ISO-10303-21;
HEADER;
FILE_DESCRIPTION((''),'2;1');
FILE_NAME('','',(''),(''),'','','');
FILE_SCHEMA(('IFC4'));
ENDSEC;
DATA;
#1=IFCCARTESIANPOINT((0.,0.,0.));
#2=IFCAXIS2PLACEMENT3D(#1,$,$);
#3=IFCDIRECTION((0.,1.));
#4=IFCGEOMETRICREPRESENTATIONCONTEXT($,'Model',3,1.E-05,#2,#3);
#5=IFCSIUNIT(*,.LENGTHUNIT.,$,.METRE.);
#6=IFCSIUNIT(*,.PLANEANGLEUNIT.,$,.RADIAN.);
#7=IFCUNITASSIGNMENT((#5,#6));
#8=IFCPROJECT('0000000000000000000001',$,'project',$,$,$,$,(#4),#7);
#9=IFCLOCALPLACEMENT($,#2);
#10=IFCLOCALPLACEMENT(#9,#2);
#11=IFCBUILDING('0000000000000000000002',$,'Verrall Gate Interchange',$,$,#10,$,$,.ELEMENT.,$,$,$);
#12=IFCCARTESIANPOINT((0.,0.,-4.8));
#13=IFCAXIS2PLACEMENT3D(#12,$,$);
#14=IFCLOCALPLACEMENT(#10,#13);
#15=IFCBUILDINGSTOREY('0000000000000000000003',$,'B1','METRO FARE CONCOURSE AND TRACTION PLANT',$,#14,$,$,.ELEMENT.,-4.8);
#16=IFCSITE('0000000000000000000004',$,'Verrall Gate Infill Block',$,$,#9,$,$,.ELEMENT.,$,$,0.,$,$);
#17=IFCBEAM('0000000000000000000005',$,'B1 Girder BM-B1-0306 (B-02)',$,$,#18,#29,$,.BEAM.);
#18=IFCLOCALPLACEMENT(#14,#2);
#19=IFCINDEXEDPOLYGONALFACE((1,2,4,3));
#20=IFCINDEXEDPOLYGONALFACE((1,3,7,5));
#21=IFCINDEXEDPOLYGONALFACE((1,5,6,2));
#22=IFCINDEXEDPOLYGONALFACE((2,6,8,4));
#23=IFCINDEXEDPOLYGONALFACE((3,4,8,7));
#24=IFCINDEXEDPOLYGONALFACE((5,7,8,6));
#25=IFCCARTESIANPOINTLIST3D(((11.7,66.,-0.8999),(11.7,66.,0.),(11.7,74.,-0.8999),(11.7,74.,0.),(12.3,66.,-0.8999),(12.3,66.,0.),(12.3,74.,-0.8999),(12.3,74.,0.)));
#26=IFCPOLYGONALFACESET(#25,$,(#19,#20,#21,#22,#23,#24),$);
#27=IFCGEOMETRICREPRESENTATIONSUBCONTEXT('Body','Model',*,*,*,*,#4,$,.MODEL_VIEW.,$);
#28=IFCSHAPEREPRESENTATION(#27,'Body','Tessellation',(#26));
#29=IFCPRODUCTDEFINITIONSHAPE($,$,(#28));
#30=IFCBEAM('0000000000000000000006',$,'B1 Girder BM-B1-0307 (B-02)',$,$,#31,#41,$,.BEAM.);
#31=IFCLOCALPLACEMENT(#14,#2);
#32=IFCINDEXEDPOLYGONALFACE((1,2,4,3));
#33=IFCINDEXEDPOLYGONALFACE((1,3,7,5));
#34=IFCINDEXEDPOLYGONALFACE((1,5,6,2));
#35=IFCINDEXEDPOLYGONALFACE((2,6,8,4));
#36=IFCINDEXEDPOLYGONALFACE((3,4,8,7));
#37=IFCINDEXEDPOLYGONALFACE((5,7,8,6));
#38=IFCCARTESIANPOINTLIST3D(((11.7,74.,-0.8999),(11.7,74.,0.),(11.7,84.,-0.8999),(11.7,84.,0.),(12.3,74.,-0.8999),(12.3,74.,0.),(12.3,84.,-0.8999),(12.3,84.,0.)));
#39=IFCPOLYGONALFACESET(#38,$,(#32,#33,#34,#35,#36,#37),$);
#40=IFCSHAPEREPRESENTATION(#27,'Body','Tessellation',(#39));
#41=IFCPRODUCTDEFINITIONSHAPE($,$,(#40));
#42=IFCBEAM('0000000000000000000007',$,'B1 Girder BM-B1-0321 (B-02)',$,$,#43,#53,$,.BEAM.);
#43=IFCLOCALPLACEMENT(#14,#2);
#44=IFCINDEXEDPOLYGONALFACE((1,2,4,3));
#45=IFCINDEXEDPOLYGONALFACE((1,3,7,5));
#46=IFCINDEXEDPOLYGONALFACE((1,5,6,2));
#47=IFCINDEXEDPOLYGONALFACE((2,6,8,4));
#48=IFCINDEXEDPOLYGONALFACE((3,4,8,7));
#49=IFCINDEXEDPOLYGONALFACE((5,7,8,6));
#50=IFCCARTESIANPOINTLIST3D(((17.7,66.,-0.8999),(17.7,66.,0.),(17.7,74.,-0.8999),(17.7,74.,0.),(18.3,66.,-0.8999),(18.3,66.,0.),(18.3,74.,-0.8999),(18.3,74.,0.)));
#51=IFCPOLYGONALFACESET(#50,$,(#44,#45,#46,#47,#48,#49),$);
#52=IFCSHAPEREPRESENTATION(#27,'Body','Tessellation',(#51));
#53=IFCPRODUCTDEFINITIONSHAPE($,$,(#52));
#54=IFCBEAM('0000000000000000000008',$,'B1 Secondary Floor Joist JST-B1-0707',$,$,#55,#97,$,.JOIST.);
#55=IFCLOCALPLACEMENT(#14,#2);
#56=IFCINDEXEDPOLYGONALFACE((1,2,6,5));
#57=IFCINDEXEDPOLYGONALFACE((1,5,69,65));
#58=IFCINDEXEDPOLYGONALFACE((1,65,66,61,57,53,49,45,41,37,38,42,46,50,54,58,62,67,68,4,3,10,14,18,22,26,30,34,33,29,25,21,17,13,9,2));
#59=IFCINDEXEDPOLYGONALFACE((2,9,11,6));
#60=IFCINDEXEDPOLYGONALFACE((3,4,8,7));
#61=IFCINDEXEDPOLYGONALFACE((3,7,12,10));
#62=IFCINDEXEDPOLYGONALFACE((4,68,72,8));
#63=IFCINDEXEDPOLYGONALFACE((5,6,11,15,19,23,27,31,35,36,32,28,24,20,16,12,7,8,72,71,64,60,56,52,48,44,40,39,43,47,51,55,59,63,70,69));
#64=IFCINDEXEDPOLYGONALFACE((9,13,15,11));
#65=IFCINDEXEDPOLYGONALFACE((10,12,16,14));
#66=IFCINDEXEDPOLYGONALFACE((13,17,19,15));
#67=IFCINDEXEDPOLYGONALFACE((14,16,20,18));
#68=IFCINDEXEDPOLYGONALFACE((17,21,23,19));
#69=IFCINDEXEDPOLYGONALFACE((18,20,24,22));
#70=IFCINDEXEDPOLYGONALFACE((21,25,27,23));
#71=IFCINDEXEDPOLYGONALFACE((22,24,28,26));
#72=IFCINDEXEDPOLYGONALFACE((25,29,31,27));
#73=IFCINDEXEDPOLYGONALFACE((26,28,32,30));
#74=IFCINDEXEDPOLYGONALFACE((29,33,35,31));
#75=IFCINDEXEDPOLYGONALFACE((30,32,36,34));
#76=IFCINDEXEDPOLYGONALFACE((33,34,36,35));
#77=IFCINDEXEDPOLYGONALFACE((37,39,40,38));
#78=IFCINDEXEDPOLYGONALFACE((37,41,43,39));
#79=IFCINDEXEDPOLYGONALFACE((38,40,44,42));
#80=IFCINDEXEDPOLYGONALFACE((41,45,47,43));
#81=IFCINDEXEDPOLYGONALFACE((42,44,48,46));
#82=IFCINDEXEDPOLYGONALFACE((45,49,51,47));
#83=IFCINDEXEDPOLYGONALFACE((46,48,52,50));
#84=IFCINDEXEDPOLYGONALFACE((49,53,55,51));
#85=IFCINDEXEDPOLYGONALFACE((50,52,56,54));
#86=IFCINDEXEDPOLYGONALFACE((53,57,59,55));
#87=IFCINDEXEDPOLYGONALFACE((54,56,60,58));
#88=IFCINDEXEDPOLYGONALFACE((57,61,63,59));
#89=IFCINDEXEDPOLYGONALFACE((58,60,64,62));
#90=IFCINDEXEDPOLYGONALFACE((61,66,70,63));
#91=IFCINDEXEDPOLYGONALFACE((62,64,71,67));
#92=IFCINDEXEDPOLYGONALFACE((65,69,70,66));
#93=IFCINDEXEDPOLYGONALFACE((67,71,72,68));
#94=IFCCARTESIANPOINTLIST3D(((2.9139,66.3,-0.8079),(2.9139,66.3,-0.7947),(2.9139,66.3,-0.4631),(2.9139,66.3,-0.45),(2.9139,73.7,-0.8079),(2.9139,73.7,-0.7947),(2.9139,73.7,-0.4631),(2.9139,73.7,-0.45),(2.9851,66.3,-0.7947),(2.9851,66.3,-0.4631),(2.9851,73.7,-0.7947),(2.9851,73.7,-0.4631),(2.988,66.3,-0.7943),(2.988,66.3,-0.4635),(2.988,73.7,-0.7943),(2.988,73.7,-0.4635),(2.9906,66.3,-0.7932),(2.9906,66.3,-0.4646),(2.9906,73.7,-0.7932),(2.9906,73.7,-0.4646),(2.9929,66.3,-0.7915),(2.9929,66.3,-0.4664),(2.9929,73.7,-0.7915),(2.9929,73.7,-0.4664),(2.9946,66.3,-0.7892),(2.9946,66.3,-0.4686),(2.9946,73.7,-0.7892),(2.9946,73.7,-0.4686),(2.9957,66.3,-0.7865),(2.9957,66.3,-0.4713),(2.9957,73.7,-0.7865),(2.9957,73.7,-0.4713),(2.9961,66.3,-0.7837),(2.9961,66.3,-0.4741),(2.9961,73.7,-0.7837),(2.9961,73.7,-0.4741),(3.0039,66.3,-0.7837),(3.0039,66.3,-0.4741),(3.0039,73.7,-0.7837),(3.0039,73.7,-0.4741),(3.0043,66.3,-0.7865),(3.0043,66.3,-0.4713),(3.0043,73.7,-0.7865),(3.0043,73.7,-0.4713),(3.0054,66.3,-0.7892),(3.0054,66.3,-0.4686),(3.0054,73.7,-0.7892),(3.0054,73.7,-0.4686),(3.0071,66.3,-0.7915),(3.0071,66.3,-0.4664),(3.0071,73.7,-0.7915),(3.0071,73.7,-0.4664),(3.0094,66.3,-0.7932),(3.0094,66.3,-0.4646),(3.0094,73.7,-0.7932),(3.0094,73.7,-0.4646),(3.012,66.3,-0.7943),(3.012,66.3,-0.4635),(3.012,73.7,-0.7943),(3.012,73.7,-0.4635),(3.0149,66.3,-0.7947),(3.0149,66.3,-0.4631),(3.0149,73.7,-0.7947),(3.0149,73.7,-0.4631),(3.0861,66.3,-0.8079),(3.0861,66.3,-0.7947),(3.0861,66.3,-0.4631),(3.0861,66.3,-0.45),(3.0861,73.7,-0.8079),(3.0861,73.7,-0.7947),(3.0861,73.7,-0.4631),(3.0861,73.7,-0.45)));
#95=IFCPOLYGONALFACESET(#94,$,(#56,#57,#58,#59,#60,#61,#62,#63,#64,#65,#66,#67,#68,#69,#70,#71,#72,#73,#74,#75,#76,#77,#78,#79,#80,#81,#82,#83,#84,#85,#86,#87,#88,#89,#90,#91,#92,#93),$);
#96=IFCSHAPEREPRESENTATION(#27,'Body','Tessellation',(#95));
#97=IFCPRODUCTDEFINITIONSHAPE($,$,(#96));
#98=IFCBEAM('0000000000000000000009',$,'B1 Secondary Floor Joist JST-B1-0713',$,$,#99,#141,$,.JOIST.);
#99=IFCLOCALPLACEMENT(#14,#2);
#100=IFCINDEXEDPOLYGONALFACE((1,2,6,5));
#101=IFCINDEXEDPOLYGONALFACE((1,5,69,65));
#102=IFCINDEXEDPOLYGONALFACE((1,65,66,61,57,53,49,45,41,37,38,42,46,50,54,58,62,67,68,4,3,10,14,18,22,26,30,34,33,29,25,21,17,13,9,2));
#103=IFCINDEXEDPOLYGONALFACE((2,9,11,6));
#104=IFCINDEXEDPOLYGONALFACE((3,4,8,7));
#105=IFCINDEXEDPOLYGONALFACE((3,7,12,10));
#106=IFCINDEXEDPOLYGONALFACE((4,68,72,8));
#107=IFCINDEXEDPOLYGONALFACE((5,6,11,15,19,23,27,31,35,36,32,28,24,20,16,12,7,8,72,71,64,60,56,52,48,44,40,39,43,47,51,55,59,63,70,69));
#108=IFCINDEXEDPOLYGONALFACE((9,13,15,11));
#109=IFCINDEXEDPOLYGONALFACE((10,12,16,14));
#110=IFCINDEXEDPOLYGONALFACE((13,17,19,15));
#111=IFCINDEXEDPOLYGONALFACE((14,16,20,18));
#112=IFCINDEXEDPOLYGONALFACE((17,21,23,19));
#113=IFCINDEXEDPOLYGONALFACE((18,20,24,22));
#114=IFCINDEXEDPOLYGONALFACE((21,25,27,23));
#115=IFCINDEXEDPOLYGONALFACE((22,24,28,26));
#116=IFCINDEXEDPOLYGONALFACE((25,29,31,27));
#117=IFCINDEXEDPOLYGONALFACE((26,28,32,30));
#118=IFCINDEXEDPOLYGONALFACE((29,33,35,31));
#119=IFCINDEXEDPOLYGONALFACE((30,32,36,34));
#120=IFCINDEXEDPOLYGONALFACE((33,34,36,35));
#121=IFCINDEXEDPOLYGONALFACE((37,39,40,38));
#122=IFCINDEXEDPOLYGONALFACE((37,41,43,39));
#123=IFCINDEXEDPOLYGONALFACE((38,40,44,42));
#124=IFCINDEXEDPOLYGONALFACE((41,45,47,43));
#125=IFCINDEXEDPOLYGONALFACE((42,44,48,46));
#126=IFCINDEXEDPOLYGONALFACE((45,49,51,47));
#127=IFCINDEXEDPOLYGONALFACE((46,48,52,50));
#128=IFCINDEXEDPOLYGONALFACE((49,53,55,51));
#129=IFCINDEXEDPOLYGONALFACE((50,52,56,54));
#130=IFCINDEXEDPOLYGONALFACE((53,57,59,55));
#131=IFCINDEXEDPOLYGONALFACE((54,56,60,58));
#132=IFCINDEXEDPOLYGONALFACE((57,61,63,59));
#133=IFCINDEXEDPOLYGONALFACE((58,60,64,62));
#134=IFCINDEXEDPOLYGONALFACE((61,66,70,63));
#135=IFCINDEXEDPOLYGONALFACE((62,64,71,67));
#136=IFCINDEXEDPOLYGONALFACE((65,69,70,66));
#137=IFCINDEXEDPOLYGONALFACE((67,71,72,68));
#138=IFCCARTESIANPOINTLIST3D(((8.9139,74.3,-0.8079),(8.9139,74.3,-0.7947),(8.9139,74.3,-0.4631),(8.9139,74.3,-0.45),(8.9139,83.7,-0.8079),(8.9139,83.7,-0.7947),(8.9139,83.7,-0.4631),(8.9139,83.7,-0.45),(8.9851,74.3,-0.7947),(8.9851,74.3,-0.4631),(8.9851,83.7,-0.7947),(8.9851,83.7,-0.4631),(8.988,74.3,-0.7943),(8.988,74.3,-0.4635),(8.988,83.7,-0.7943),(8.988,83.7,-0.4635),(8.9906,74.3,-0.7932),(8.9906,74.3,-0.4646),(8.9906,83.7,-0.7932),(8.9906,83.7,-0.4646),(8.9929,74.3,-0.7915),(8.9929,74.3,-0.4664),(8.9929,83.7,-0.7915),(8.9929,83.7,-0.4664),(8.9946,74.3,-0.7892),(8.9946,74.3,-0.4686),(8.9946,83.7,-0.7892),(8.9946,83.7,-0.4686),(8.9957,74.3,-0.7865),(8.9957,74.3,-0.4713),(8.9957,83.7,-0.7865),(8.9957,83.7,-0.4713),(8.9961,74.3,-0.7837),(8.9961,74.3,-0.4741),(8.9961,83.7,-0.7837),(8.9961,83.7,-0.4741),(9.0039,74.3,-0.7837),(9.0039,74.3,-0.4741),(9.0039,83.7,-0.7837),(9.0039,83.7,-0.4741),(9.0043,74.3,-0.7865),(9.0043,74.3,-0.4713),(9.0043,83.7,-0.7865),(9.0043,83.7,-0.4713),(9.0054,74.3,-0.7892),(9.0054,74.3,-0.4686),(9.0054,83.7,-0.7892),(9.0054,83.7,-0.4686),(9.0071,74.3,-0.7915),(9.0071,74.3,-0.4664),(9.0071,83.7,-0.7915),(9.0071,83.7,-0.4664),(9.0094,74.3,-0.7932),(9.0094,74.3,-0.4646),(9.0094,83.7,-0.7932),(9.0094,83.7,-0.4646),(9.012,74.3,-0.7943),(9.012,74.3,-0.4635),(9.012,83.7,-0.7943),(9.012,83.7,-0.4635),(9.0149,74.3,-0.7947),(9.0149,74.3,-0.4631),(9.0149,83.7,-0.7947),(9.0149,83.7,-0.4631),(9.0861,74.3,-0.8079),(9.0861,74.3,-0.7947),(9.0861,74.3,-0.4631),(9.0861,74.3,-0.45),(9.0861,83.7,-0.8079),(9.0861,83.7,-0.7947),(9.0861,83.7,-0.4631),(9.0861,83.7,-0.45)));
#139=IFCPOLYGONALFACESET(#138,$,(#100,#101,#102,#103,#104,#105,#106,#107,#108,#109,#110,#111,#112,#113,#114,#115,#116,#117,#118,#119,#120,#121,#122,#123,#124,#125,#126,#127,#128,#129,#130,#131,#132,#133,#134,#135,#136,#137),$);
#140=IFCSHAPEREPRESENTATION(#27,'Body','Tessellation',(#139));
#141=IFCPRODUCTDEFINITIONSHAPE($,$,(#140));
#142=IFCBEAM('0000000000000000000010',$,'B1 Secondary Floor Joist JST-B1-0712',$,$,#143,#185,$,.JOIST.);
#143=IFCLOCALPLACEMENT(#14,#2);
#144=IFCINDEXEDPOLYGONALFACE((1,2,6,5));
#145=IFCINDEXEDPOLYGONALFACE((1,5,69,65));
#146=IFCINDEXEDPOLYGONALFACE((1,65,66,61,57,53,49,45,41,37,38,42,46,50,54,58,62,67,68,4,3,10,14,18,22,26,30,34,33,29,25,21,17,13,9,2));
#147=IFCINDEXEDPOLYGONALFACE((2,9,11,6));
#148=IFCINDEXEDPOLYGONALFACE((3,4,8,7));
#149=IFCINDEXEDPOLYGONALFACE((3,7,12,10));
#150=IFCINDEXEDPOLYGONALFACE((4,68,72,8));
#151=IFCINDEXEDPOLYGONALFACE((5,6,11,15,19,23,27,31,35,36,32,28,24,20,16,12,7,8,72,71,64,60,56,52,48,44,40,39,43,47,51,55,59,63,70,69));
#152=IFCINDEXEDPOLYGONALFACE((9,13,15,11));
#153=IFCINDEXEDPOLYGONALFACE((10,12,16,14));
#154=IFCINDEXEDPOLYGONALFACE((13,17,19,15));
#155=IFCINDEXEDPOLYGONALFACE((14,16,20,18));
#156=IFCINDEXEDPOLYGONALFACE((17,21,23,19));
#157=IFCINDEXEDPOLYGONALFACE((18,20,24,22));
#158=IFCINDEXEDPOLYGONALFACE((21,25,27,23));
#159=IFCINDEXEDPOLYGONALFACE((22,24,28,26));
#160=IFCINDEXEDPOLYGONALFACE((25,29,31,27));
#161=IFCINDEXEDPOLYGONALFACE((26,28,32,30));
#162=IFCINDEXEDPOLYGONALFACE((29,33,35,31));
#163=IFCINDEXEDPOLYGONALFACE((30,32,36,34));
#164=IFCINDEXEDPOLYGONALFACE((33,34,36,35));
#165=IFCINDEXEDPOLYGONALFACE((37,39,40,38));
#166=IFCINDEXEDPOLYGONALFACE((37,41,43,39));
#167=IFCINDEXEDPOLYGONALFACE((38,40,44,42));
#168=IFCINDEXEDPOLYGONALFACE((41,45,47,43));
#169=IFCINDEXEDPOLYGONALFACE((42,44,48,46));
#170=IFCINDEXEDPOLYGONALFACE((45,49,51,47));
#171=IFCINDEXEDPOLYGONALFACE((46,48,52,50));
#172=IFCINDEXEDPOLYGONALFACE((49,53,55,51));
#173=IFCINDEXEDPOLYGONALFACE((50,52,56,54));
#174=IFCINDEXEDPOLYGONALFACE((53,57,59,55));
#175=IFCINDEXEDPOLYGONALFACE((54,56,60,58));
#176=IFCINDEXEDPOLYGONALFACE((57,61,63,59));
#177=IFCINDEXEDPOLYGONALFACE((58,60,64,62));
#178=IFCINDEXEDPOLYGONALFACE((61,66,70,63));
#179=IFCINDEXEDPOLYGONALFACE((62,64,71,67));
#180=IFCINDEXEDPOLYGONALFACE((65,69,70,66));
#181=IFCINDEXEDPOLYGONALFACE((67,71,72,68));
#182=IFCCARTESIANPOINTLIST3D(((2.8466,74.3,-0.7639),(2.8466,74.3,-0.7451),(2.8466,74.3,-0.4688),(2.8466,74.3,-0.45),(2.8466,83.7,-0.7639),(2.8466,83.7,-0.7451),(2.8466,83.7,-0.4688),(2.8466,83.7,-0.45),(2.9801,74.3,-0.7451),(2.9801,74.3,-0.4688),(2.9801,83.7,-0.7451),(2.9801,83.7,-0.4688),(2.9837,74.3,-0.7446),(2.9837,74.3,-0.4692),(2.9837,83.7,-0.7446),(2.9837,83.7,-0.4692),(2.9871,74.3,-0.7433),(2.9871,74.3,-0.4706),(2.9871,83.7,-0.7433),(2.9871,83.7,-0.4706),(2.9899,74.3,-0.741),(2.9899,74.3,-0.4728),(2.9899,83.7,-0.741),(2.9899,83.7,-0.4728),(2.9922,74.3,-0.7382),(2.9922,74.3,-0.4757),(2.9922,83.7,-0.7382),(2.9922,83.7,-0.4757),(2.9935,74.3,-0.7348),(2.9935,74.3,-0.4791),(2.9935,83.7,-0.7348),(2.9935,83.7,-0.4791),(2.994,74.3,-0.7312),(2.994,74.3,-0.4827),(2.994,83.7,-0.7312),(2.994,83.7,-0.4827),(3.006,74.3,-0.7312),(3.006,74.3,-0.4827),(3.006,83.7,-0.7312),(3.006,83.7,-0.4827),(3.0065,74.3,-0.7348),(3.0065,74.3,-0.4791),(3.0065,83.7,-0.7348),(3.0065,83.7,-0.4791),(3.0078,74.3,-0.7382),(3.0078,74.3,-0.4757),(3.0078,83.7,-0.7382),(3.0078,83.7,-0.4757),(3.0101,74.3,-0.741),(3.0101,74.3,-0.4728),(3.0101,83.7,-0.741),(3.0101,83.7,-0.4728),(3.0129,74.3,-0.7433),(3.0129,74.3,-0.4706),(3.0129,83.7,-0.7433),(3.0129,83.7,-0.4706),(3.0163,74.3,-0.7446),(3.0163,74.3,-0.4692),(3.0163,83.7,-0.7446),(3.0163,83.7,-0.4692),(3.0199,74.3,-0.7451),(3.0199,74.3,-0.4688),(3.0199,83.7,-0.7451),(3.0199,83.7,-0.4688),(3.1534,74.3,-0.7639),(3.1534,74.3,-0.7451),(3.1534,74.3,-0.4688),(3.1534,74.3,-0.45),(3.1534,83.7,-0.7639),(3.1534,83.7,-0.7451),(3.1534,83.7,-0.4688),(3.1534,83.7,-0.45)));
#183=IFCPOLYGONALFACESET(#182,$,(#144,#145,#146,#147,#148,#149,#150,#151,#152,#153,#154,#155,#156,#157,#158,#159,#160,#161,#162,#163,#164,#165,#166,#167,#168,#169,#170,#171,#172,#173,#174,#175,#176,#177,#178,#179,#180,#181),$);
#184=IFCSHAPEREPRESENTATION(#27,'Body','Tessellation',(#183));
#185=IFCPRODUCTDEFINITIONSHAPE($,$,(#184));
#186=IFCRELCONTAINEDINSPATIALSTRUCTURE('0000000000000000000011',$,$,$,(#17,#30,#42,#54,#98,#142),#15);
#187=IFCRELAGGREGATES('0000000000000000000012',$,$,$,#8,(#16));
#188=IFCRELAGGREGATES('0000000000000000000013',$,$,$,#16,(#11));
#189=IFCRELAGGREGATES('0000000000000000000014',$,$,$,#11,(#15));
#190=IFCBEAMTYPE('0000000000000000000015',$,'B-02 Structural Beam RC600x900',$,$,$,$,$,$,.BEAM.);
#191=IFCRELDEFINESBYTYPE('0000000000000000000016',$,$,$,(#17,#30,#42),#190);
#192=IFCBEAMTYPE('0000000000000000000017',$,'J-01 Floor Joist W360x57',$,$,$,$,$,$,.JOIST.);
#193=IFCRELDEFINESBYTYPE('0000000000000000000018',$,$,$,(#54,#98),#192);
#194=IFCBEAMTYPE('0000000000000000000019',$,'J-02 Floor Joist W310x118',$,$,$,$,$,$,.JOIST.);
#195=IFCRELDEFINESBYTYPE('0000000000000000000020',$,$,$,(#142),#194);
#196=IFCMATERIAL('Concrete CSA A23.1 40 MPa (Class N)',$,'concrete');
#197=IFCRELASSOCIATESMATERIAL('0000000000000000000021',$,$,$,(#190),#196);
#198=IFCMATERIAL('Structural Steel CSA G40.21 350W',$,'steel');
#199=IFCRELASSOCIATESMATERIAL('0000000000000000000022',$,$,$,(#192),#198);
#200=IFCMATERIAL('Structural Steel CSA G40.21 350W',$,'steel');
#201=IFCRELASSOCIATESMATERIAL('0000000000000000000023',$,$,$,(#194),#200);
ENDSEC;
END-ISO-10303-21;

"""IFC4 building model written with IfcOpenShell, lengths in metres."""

from ifc_helpers import new_model, si_unit, direction, frame, origin, origin_2d, place, context, subcontext, project, spatial, rectangle, i_section, extrude, material, material_profile, profile_set, type_object, element, save


model = new_model("IFC4")

# Units and contexts
model_context = context("Model", 3, precision=1e-05, world=origin(), true_north=direction((0.0, 1.0)))
body_context = subcontext(model_context, "Body", "Model", "MODEL_VIEW")
ifc_project = project(units=[si_unit("LENGTHUNIT", "METRE"), si_unit("PLANEANGLEUNIT", "RADIAN")], contexts=[model_context])

# Site, building, storey
site_placement = place(None, origin())
site = spatial("IfcSite", under=ifc_project, at=site_placement, Name="Verrall Gate Infill Block", CompositionType="ELEMENT", RefElevation=0.0)
building_placement = place(site_placement, origin())
building = spatial("IfcBuilding", under=site, at=building_placement, Name="Verrall Gate Interchange", CompositionType="ELEMENT")
storey_placement = place(building_placement, frame((0.0, 0.0, -4.8)))
storey = spatial("IfcBuildingStorey", under=building, at=storey_placement, Name="B1", Description="METRO FARE CONCOURSE AND TRACTION PLANT", CompositionType="ELEMENT", Elevation=-4.8)

# Beams
ifc_material_1 = material(Name="Concrete CSA A23.1 40 MPa (Class N)", Category="concrete")
ifc_material_profile_1 = material_profile(ifc_material_1, rectangle(XDim=0.6001, YDim=0.8999, at=origin_2d()), Name="RC600x900")
ifc_profile_set_1 = profile_set([ifc_material_profile_1], Name="Concrete CSA A23.1 40 MPa (Class N)")
beam_type_1 = type_object("IfcBeamType", Name="B-02 Structural Beam RC600x900", PredefinedType="BEAM", material=ifc_profile_set_1)
beam_1_placement = place(storey_placement, frame((12.0, 66.0, -0.45), z_axis=(0.0, 1.0, 0.0), x_axis=(-1.0, 0.0, 0.0)))
element("IfcBeam", 1, at=beam_1_placement, inside=storey, type_object=beam_type_1, Name="B1 Girder BM-B1-0306 (B-02)", PredefinedType="BEAM", context=body_context, shape_type="SweptSolid", body=[
    extrude(rectangle(XDim=0.6001, YDim=0.8999, at=origin_2d()), origin(), (0.0, 0.0, 1.0), 8.0),
])
beam_2_placement = place(storey_placement, frame((12.0, 74.0, -0.45), z_axis=(0.0, 1.0, 0.0), x_axis=(-1.0, 0.0, 0.0)))
element("IfcBeam", 2, at=beam_2_placement, inside=storey, type_object=beam_type_1, Name="B1 Girder BM-B1-0307 (B-02)", PredefinedType="BEAM", context=body_context, shape_type="SweptSolid", body=[
    extrude(rectangle(XDim=0.6001, YDim=0.8999, at=origin_2d()), origin(), (0.0, 0.0, 1.0), 10.0),
])
beam_3_placement = place(storey_placement, frame((18.0, 66.0, -0.45), z_axis=(0.0, 1.0, 0.0), x_axis=(-1.0, 0.0, 0.0)))
element("IfcBeam", 3, at=beam_3_placement, inside=storey, type_object=beam_type_1, Name="B1 Girder BM-B1-0321 (B-02)", PredefinedType="BEAM", context=body_context, shape_type="SweptSolid", body=[
    extrude(rectangle(XDim=0.6001, YDim=0.8999, at=origin_2d()), origin(), (0.0, 0.0, 1.0), 8.0),
])
ifc_material_2 = material(Name="Structural Steel CSA G40.21 350W", Category="steel")
ifc_material_profile_2 = material_profile(ifc_material_2, i_section(OverallWidth=0.1721, OverallDepth=0.3579, WebThickness=0.0078, FlangeThickness=0.0132, FilletRadius=0.011, at=origin_2d()), Name="W360x57")
ifc_profile_set_2 = profile_set([ifc_material_profile_2], Name="Structural Steel CSA G40.21 350W")
beam_type_2 = type_object("IfcBeamType", Name="J-01 Floor Joist W360x57", PredefinedType="JOIST", material=ifc_profile_set_2)
beam_4_placement = place(storey_placement, frame((3.0, 66.3, -0.6289), z_axis=(0.0, 1.0, 0.0), x_axis=(-1.0, 0.0, 0.0)))
element("IfcBeam", 4, at=beam_4_placement, inside=storey, type_object=beam_type_2, Name="B1 Secondary Floor Joist JST-B1-0707", PredefinedType="JOIST", context=body_context, shape_type="SweptSolid", body=[
    extrude(i_section(OverallWidth=0.1721, OverallDepth=0.3579, WebThickness=0.0078, FlangeThickness=0.0132, FilletRadius=0.011, at=origin_2d()), origin(), (0.0, 0.0, 1.0), 7.3999),
])
beam_5_placement = place(storey_placement, frame((9.0, 74.3, -0.6289), z_axis=(0.0, 1.0, 0.0), x_axis=(-1.0, 0.0, 0.0)))
element("IfcBeam", 5, at=beam_5_placement, inside=storey, type_object=beam_type_2, Name="B1 Secondary Floor Joist JST-B1-0713", PredefinedType="JOIST", context=body_context, shape_type="SweptSolid", body=[
    extrude(i_section(OverallWidth=0.1721, OverallDepth=0.3579, WebThickness=0.0078, FlangeThickness=0.0132, FilletRadius=0.011, at=origin_2d()), origin(), (0.0, 0.0, 1.0), 9.3999),
])
ifc_material_3 = material(Name="Structural Steel CSA G40.21 350W", Category="steel")
ifc_material_profile_3 = material_profile(ifc_material_3, i_section(OverallWidth=0.3069, OverallDepth=0.314, WebThickness=0.012, FlangeThickness=0.0188, FilletRadius=0.0139, at=origin_2d()), Name="W310x118")
ifc_profile_set_3 = profile_set([ifc_material_profile_3], Name="Structural Steel CSA G40.21 350W")
beam_type_3 = type_object("IfcBeamType", Name="J-02 Floor Joist W310x118", PredefinedType="JOIST", material=ifc_profile_set_3)
beam_6_placement = place(storey_placement, frame((3.0, 74.3, -0.6069), z_axis=(0.0, 1.0, 0.0), x_axis=(-1.0, 0.0, 0.0)))
element("IfcBeam", 6, at=beam_6_placement, inside=storey, type_object=beam_type_3, Name="B1 Secondary Floor Joist JST-B1-0712", PredefinedType="JOIST", context=body_context, shape_type="SweptSolid", body=[
    extrude(i_section(OverallWidth=0.3069, OverallDepth=0.314, WebThickness=0.012, FlangeThickness=0.0188, FilletRadius=0.0139, at=origin_2d()), origin(), (0.0, 0.0, 1.0), 9.3999),
])

save(model, "model.ifc")
